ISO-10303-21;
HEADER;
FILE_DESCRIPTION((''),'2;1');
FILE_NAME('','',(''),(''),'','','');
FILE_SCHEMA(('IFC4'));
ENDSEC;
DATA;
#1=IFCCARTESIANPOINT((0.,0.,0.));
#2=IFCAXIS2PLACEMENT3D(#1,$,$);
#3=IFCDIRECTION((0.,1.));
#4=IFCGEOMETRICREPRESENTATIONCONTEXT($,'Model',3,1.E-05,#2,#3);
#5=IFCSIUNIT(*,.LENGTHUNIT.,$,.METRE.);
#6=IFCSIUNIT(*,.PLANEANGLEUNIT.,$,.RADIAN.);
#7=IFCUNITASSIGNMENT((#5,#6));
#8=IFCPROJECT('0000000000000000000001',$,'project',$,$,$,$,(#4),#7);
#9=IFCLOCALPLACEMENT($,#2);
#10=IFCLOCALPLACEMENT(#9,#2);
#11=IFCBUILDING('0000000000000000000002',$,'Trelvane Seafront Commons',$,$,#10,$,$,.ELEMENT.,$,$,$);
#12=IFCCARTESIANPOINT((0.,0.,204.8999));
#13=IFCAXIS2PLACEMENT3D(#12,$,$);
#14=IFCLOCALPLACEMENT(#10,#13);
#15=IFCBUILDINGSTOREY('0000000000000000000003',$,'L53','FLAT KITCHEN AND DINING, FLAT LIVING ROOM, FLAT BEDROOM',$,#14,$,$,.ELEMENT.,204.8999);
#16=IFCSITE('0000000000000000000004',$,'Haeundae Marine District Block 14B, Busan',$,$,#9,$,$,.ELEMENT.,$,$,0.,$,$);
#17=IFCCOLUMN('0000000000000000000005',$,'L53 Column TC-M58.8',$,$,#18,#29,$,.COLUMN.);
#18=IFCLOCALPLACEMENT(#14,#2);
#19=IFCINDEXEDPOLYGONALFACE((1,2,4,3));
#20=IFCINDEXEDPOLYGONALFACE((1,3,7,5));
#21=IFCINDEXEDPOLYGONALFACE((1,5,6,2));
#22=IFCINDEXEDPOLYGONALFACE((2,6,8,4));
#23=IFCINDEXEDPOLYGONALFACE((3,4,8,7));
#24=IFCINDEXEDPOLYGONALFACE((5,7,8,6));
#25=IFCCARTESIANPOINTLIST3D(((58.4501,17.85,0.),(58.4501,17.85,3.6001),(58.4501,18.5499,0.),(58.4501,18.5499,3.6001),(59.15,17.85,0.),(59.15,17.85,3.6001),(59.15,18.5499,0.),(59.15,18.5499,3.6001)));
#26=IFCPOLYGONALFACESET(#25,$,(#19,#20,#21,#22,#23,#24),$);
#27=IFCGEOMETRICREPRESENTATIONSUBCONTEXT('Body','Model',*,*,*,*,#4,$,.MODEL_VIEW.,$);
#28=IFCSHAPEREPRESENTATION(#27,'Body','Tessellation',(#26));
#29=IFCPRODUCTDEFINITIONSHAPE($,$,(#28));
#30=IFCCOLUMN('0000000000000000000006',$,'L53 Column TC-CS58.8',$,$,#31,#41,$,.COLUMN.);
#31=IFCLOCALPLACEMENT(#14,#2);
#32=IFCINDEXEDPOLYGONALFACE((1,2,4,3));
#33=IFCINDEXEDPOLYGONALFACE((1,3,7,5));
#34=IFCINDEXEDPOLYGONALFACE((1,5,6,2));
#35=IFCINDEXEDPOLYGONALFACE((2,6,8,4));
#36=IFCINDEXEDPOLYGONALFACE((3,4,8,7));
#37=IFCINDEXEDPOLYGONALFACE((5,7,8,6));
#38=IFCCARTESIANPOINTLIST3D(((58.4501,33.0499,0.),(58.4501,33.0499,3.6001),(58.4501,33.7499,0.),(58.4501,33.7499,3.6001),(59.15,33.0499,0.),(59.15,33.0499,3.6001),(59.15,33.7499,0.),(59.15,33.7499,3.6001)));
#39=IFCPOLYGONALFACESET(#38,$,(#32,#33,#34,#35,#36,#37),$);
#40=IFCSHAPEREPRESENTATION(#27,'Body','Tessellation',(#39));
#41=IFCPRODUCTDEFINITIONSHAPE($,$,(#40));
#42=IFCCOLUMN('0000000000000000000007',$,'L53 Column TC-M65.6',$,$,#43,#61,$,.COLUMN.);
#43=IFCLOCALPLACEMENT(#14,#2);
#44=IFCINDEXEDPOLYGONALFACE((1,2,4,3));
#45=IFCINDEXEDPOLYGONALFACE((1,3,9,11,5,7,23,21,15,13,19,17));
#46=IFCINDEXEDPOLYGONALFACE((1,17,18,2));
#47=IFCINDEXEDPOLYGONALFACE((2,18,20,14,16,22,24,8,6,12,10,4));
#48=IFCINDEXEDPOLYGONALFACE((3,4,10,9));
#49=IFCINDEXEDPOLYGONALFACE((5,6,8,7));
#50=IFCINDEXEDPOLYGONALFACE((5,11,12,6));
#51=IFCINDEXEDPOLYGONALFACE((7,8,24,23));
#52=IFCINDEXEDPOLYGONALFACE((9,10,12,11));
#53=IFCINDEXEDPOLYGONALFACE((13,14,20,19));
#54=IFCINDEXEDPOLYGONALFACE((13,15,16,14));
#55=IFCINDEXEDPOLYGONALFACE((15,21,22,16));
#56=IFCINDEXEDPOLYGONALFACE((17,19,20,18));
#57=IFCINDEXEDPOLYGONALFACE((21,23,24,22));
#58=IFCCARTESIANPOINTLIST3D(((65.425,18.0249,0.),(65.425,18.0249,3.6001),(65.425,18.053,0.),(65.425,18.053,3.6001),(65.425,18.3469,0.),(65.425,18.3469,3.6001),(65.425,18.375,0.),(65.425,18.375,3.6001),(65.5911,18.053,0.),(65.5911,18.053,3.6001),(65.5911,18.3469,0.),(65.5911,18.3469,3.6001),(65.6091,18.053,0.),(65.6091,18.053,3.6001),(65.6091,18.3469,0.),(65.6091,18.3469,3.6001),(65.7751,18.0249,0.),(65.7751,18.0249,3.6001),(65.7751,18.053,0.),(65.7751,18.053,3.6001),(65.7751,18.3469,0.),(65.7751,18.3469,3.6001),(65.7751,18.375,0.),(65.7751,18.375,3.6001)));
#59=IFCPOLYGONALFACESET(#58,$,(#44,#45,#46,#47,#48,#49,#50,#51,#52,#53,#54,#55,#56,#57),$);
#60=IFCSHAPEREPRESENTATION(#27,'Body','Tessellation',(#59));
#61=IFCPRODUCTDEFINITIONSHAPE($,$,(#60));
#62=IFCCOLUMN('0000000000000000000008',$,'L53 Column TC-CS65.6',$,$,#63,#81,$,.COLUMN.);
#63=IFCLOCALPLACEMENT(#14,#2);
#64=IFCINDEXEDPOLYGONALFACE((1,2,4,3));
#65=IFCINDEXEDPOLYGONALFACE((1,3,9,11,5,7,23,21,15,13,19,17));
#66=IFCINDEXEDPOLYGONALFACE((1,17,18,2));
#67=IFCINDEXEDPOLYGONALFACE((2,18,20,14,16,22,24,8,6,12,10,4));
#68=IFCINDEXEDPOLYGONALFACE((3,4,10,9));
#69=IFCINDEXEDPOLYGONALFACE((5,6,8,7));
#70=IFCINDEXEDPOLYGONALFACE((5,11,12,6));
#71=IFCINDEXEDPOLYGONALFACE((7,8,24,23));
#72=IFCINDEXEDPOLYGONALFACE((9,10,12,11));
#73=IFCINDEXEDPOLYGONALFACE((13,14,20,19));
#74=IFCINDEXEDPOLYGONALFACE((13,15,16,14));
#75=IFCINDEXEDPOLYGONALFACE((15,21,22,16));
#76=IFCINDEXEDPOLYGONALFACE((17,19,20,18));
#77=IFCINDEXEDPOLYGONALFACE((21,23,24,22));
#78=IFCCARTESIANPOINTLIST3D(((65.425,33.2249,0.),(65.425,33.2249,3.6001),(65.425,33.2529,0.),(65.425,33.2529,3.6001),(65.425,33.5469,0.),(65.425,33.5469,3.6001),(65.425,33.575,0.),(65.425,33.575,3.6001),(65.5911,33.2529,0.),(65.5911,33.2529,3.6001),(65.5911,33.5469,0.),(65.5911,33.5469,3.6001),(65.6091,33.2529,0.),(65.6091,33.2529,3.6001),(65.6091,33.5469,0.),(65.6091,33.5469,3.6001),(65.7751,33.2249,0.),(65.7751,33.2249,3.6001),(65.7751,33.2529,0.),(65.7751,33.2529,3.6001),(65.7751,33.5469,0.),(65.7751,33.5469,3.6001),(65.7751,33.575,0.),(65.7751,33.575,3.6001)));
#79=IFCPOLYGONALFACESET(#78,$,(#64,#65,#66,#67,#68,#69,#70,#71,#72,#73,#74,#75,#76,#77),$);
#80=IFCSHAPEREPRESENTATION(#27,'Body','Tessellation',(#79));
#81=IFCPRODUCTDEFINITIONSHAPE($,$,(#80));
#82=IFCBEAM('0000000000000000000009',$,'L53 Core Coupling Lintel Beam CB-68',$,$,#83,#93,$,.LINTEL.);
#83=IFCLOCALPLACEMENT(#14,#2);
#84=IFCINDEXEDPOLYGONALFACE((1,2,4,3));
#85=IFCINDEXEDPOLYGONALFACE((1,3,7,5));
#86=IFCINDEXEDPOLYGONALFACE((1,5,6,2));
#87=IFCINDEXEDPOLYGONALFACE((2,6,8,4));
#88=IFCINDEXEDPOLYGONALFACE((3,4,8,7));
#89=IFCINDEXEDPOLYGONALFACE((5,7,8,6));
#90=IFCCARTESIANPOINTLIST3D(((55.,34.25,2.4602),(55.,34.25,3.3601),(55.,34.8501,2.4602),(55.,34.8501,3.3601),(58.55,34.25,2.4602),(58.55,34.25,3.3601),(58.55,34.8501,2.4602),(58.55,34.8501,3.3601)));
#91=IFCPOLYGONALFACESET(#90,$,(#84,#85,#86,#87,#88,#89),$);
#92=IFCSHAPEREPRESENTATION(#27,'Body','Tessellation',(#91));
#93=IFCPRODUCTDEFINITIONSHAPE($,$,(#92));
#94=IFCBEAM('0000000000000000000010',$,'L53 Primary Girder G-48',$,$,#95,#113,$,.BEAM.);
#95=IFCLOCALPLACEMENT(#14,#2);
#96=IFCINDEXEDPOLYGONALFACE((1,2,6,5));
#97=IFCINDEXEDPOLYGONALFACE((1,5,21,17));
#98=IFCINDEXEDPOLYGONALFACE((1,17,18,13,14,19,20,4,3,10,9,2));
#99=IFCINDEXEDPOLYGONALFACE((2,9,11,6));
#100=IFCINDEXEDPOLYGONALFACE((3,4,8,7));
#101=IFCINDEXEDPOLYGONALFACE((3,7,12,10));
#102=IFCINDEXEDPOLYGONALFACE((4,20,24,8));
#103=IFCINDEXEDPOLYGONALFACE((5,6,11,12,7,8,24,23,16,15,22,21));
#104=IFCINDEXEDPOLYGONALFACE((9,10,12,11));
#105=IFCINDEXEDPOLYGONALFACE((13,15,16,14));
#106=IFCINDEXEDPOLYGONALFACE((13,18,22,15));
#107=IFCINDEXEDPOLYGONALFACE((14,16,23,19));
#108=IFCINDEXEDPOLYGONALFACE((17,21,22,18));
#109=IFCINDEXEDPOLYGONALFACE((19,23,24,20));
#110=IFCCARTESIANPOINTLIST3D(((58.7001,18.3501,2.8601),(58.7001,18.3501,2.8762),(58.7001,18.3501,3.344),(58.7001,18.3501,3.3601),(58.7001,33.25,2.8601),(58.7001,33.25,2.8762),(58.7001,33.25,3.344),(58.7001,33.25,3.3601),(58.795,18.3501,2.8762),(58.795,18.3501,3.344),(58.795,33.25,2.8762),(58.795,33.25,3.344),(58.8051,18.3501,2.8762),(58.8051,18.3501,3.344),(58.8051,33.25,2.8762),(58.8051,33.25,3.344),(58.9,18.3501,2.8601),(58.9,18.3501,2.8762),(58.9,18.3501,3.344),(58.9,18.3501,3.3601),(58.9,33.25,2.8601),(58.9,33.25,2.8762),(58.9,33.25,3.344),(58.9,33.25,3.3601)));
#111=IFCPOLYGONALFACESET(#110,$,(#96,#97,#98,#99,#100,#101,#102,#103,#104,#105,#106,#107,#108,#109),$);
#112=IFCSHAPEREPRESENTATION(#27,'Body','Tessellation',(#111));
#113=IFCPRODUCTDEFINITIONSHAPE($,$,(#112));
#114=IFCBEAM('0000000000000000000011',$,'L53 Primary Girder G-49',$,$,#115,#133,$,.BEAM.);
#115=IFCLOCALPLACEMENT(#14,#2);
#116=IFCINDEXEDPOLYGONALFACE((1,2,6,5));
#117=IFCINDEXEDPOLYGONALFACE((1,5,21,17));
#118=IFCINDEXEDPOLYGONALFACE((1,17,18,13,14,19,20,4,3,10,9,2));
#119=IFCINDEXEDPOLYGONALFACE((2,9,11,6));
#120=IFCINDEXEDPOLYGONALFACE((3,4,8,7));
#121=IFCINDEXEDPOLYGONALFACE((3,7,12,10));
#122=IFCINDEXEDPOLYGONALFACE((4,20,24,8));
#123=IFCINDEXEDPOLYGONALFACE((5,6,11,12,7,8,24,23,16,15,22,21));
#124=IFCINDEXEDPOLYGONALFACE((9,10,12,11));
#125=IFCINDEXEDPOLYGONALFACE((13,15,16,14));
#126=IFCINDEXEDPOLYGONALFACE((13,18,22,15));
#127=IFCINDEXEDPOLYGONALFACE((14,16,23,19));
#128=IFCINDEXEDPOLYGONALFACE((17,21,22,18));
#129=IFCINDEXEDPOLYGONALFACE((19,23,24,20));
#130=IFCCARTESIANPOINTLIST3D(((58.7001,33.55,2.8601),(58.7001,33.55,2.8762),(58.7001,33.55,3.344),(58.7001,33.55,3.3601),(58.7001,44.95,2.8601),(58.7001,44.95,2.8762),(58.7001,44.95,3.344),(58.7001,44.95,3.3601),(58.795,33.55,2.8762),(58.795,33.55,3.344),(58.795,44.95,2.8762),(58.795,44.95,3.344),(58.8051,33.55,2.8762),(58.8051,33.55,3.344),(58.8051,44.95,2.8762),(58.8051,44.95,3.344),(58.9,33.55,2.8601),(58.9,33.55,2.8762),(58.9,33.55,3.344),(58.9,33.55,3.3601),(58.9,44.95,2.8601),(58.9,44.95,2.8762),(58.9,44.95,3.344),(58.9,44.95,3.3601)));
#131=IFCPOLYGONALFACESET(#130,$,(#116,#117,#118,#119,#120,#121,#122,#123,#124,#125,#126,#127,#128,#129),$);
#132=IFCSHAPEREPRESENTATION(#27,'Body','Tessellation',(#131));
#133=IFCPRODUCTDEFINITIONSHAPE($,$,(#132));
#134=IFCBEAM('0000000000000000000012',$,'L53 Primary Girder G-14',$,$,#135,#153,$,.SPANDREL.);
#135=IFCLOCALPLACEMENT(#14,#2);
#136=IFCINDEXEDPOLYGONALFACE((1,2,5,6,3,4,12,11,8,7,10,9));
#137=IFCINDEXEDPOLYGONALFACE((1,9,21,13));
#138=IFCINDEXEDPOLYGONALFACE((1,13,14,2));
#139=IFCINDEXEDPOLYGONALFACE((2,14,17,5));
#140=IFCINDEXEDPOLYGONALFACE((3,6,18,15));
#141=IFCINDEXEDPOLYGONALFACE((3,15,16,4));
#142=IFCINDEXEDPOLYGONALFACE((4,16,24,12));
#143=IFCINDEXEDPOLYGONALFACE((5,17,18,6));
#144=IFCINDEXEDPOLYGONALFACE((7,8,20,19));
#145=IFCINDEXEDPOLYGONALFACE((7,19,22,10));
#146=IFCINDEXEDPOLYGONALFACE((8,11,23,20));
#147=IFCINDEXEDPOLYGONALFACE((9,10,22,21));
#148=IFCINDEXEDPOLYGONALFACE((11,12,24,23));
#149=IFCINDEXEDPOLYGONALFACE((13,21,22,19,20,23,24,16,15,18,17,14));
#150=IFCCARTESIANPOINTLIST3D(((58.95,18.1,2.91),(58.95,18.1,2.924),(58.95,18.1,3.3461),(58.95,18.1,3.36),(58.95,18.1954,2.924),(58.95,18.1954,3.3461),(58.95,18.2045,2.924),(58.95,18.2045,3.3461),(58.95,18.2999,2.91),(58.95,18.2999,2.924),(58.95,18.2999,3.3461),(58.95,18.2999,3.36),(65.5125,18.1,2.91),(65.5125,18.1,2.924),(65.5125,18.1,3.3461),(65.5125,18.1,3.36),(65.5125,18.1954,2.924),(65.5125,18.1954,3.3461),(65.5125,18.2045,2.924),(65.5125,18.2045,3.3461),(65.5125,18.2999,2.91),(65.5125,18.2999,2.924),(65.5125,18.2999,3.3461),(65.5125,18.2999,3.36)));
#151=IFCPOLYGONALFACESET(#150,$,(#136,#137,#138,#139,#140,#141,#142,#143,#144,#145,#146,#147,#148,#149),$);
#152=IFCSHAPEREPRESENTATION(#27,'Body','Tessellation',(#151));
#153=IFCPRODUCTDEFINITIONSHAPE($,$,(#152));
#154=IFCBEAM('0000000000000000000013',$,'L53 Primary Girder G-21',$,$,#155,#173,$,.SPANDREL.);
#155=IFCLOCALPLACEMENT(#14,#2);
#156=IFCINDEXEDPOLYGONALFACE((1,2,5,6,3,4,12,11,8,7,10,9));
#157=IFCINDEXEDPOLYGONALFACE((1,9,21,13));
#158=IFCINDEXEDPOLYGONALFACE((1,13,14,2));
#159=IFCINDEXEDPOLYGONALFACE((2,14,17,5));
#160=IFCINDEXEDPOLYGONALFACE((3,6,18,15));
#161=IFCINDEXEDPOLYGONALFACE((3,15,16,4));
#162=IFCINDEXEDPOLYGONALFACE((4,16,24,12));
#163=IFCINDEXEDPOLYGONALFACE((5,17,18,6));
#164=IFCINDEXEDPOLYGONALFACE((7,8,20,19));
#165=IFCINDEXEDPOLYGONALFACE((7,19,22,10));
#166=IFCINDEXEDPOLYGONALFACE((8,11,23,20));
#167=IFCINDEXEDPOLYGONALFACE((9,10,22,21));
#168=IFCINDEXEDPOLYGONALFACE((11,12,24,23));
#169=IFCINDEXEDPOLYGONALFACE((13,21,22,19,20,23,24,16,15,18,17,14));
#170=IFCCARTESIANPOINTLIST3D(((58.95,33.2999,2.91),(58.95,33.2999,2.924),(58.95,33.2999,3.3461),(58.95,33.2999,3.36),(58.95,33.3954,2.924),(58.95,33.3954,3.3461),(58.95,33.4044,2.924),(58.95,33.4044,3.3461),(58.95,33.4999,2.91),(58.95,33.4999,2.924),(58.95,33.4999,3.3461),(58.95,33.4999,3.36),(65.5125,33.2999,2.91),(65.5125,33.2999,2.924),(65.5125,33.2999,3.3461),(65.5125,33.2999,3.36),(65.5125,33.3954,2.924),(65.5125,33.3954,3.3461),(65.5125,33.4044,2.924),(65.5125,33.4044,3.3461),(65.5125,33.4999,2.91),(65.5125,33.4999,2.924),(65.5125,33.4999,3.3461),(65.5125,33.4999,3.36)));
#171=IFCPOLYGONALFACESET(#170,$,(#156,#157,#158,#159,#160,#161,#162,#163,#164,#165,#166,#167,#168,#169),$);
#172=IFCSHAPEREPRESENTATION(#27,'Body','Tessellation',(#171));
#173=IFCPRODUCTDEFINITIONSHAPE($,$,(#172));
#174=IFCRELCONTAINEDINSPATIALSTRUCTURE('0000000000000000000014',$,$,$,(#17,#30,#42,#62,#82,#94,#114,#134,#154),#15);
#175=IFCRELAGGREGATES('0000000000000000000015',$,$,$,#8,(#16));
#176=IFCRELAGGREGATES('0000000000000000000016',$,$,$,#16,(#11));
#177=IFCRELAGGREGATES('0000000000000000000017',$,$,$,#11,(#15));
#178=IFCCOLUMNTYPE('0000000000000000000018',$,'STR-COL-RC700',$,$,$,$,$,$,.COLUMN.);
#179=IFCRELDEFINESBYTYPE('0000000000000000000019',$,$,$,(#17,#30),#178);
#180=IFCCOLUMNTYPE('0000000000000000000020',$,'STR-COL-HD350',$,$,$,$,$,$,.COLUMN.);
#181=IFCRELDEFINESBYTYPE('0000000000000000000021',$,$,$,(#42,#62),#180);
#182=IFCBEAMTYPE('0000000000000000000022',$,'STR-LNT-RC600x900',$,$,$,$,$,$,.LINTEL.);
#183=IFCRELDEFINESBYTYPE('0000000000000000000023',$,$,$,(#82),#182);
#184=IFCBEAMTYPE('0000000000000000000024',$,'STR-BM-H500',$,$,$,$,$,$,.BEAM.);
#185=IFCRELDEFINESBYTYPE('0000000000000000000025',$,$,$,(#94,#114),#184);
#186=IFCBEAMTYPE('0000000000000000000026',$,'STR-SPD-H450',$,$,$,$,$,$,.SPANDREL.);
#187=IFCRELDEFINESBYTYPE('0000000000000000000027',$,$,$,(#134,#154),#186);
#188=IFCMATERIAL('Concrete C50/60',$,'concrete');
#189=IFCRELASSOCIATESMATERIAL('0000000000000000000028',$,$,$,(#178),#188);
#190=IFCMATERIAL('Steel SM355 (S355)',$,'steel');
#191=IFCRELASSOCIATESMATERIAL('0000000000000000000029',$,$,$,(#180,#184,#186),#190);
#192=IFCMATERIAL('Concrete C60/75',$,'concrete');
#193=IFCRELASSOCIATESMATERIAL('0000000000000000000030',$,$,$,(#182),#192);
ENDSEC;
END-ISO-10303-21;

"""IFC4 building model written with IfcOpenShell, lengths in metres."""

from ifc_helpers import new_model, si_unit, direction, frame, origin, origin_2d, place, context, subcontext, project, spatial, rectangle, i_section, extrude, source, transform, mapped, material, material_profile, profile_set, type_object, element, save


model = new_model("IFC4")

# Units and contexts
model_context = context("Model", 3, precision=1e-05, world=origin(), true_north=direction((0.0, 1.0)))
body_context = subcontext(model_context, "Body", "Model", "MODEL_VIEW")
ifc_project = project(units=[si_unit("LENGTHUNIT", "METRE"), si_unit("PLANEANGLEUNIT", "RADIAN")], contexts=[model_context])

# Site, building, storey
site_placement = place(None, origin())
site = spatial("IfcSite", under=ifc_project, at=site_placement, Name="Haeundae Marine District Block 14B, Busan", CompositionType="ELEMENT", RefElevation=0.0)
building_placement = place(site_placement, origin())
building = spatial("IfcBuilding", under=site, at=building_placement, Name="Trelvane Seafront Commons", CompositionType="ELEMENT")
storey_placement = place(building_placement, frame((0.0, 0.0, 204.8999)))
storey = spatial("IfcBuildingStorey", under=building, at=storey_placement, Name="L53", Description="FLAT KITCHEN AND DINING, FLAT LIVING ROOM, FLAT BEDROOM", CompositionType="ELEMENT", Elevation=204.8999)

# Columns
ifc_material_1 = material(Name="Concrete C50/60", Category="concrete")
ifc_material_profile_1 = material_profile(ifc_material_1, rectangle(XDim=0.7, YDim=0.7, at=origin_2d()), Name="RC-700x700")
ifc_profile_set_1 = profile_set([ifc_material_profile_1], Name="Concrete C50/60")
column_type_1 = type_object("IfcColumnType", Name="STR-COL-RC700", PredefinedType="COLUMN", material=ifc_profile_set_1)
shared_shape_1 = source(origin(), body_context, "Body", "SweptSolid", [
    extrude(rectangle(XDim=0.7, YDim=0.7, at=origin_2d()), origin(), (0.0, 0.0, 1.0), 3.6001),
])
for number, where, z_axis, x_axis, name in (
    (1, (58.8, 18.2, 0.0), (0.0, 0.0, 1.0), (1.0, 0.0, 0.0), "L53 Column TC-M58.8"),
    (2, (58.8, 33.3999, 0.0), (0.0, 0.0, 1.0), (1.0, 0.0, 0.0), "L53 Column TC-CS58.8"),
):
    element("IfcColumn", number, at=place(storey_placement, frame(where, z_axis=z_axis, x_axis=x_axis)), inside=storey, type_object=column_type_1, Name=name, PredefinedType="COLUMN", context=body_context, shape_type="MappedRepresentation", body=[
        mapped(shared_shape_1, transform((0.0, 0.0, 0.0), x_axis=(1.0, 0.0, 0.0), y_axis=(0.0, 1.0, 0.0), z_axis=(0.0, 0.0, 1.0), scale=1.0)),
    ])
ifc_material_2 = material(Name="Steel SM355 (S355)", Category="steel")
ifc_material_profile_2 = material_profile(ifc_material_2, i_section(OverallWidth=0.3501, OverallDepth=0.3501, WebThickness=0.0181, FlangeThickness=0.0281, at=origin_2d()), Name="HD-350x350x18x28")
ifc_profile_set_2 = profile_set([ifc_material_profile_2], Name="Steel SM355 (S355)")
column_type_2 = type_object("IfcColumnType", Name="STR-COL-HD350", PredefinedType="COLUMN", material=ifc_profile_set_2)
shared_shape_2 = source(origin(), body_context, "Body", "SweptSolid", [
    extrude(i_section(OverallWidth=0.3501, OverallDepth=0.3501, WebThickness=0.0181, FlangeThickness=0.0281, at=origin_2d()), origin(), (0.0, 0.0, 1.0), 3.6001),
])
for number, where, z_axis, x_axis, name in (
    (3, (65.6001, 18.2, 0.0), (0.0, 0.0, 1.0), (1.0, 0.0, 0.0), "L53 Column TC-M65.6"),
    (4, (65.6001, 33.3999, 0.0), (0.0, 0.0, 1.0), (1.0, 0.0, 0.0), "L53 Column TC-CS65.6"),
):
    element("IfcColumn", number, at=place(storey_placement, frame(where, z_axis=z_axis, x_axis=x_axis)), inside=storey, type_object=column_type_2, Name=name, PredefinedType="COLUMN", context=body_context, shape_type="MappedRepresentation", body=[
        mapped(shared_shape_2, transform((0.0, 0.0, 0.0), x_axis=(1.0, 0.0, 0.0), y_axis=(0.0, 1.0, 0.0), z_axis=(0.0, 0.0, 1.0), scale=1.0)),
    ])

# Beams
ifc_material_3 = material(Name="Concrete C60/75", Category="concrete")
ifc_material_profile_3 = material_profile(ifc_material_3, rectangle(XDim=0.6001, YDim=0.8999, at=origin_2d()), Name="RC-600x900")
ifc_profile_set_3 = profile_set([ifc_material_profile_3], Name="Concrete C60/75")
beam_type_1 = type_object("IfcBeamType", Name="STR-LNT-RC600x900", PredefinedType="LINTEL", material=ifc_profile_set_3)
shared_shape_3 = source(origin(), body_context, "Body", "SweptSolid", [
    extrude(rectangle(XDim=0.6001, YDim=0.8999, at=origin_2d()), origin(), (0.0, 0.0, 1.0), 3.55),
])
beam_1_placement = place(storey_placement, frame((55.0, 34.55, 2.9102), z_axis=(1.0, 0.0, 0.0), x_axis=(0.0, 1.0, 0.0)))
element("IfcBeam", 5, at=beam_1_placement, inside=storey, type_object=beam_type_1, Name="L53 Core Coupling Lintel Beam CB-68", PredefinedType="LINTEL", context=body_context, shape_type="MappedRepresentation", body=[
    mapped(shared_shape_3, transform((0.0, 0.0, 0.0), x_axis=(1.0, 0.0, 0.0), y_axis=(0.0, 1.0, 0.0), z_axis=(0.0, 0.0, 1.0), scale=1.0)),
])
ifc_material_profile_4 = material_profile(ifc_material_2, i_section(OverallWidth=0.2, OverallDepth=0.5, WebThickness=0.01, FlangeThickness=0.0161, at=origin_2d()), Name="H-500x200x10x16")
ifc_profile_set_4 = profile_set([ifc_material_profile_4], Name="Steel SM355 (S355)")
beam_type_2 = type_object("IfcBeamType", Name="STR-BM-H500", PredefinedType="BEAM", material=ifc_profile_set_4)
shared_shape_4 = source(origin(), body_context, "Body", "SweptSolid", [
    extrude(i_section(OverallWidth=0.2, OverallDepth=0.5, WebThickness=0.01, FlangeThickness=0.0161, at=origin_2d()), origin(), (0.0, 0.0, 1.0), 14.8999),
])
beam_2_placement = place(storey_placement, frame((58.8, 18.3501, 3.1101), z_axis=(0.0, 1.0, 0.0), x_axis=(-1.0, 0.0, 0.0)))
element("IfcBeam", 6, at=beam_2_placement, inside=storey, type_object=beam_type_2, Name="L53 Primary Girder G-48", PredefinedType="BEAM", context=body_context, shape_type="MappedRepresentation", body=[
    mapped(shared_shape_4, transform((0.0, 0.0, 0.0), x_axis=(1.0, 0.0, 0.0), y_axis=(0.0, 1.0, 0.0), z_axis=(0.0, 0.0, 1.0), scale=1.0)),
])
shared_shape_5 = source(origin(), body_context, "Body", "SweptSolid", [
    extrude(i_section(OverallWidth=0.2, OverallDepth=0.5, WebThickness=0.01, FlangeThickness=0.0161, at=origin_2d()), origin(), (0.0, 0.0, 1.0), 11.3999),
])
beam_3_placement = place(storey_placement, frame((58.8, 33.55, 3.1101), z_axis=(0.0, 1.0, 0.0), x_axis=(-1.0, 0.0, 0.0)))
element("IfcBeam", 7, at=beam_3_placement, inside=storey, type_object=beam_type_2, Name="L53 Primary Girder G-49", PredefinedType="BEAM", context=body_context, shape_type="MappedRepresentation", body=[
    mapped(shared_shape_5, transform((0.0, 0.0, 0.0), x_axis=(1.0, 0.0, 0.0), y_axis=(0.0, 1.0, 0.0), z_axis=(0.0, 0.0, 1.0), scale=1.0)),
])
ifc_material_profile_5 = material_profile(ifc_material_2, i_section(OverallWidth=0.2, OverallDepth=0.45, WebThickness=0.009, FlangeThickness=0.0139, at=origin_2d()), Name="H-450x200x9x14")
ifc_profile_set_5 = profile_set([ifc_material_profile_5], Name="Steel SM355 (S355)")
beam_type_3 = type_object("IfcBeamType", Name="STR-SPD-H450", PredefinedType="SPANDREL", material=ifc_profile_set_5)
shared_shape_6 = source(origin(), body_context, "Body", "SweptSolid", [
    extrude(i_section(OverallWidth=0.2, OverallDepth=0.45, WebThickness=0.009, FlangeThickness=0.0139, at=origin_2d()), origin(), (0.0, 0.0, 1.0), 6.5625),
])
for number, where, z_axis, x_axis, name in (
    (8, (58.95, 18.2, 3.135), (1.0, 0.0, 0.0), (0.0, 1.0, 0.0), "L53 Primary Girder G-14"),
    (9, (58.95, 33.3999, 3.135), (1.0, 0.0, 0.0), (0.0, 1.0, 0.0), "L53 Primary Girder G-21"),
):
    element("IfcBeam", number, at=place(storey_placement, frame(where, z_axis=z_axis, x_axis=x_axis)), inside=storey, type_object=beam_type_3, Name=name, PredefinedType="SPANDREL", context=body_context, shape_type="MappedRepresentation", body=[
        mapped(shared_shape_6, transform((0.0, 0.0, 0.0), x_axis=(1.0, 0.0, 0.0), y_axis=(0.0, 1.0, 0.0), z_axis=(0.0, 0.0, 1.0), scale=1.0)),
    ])

save(model, "model.ifc")
